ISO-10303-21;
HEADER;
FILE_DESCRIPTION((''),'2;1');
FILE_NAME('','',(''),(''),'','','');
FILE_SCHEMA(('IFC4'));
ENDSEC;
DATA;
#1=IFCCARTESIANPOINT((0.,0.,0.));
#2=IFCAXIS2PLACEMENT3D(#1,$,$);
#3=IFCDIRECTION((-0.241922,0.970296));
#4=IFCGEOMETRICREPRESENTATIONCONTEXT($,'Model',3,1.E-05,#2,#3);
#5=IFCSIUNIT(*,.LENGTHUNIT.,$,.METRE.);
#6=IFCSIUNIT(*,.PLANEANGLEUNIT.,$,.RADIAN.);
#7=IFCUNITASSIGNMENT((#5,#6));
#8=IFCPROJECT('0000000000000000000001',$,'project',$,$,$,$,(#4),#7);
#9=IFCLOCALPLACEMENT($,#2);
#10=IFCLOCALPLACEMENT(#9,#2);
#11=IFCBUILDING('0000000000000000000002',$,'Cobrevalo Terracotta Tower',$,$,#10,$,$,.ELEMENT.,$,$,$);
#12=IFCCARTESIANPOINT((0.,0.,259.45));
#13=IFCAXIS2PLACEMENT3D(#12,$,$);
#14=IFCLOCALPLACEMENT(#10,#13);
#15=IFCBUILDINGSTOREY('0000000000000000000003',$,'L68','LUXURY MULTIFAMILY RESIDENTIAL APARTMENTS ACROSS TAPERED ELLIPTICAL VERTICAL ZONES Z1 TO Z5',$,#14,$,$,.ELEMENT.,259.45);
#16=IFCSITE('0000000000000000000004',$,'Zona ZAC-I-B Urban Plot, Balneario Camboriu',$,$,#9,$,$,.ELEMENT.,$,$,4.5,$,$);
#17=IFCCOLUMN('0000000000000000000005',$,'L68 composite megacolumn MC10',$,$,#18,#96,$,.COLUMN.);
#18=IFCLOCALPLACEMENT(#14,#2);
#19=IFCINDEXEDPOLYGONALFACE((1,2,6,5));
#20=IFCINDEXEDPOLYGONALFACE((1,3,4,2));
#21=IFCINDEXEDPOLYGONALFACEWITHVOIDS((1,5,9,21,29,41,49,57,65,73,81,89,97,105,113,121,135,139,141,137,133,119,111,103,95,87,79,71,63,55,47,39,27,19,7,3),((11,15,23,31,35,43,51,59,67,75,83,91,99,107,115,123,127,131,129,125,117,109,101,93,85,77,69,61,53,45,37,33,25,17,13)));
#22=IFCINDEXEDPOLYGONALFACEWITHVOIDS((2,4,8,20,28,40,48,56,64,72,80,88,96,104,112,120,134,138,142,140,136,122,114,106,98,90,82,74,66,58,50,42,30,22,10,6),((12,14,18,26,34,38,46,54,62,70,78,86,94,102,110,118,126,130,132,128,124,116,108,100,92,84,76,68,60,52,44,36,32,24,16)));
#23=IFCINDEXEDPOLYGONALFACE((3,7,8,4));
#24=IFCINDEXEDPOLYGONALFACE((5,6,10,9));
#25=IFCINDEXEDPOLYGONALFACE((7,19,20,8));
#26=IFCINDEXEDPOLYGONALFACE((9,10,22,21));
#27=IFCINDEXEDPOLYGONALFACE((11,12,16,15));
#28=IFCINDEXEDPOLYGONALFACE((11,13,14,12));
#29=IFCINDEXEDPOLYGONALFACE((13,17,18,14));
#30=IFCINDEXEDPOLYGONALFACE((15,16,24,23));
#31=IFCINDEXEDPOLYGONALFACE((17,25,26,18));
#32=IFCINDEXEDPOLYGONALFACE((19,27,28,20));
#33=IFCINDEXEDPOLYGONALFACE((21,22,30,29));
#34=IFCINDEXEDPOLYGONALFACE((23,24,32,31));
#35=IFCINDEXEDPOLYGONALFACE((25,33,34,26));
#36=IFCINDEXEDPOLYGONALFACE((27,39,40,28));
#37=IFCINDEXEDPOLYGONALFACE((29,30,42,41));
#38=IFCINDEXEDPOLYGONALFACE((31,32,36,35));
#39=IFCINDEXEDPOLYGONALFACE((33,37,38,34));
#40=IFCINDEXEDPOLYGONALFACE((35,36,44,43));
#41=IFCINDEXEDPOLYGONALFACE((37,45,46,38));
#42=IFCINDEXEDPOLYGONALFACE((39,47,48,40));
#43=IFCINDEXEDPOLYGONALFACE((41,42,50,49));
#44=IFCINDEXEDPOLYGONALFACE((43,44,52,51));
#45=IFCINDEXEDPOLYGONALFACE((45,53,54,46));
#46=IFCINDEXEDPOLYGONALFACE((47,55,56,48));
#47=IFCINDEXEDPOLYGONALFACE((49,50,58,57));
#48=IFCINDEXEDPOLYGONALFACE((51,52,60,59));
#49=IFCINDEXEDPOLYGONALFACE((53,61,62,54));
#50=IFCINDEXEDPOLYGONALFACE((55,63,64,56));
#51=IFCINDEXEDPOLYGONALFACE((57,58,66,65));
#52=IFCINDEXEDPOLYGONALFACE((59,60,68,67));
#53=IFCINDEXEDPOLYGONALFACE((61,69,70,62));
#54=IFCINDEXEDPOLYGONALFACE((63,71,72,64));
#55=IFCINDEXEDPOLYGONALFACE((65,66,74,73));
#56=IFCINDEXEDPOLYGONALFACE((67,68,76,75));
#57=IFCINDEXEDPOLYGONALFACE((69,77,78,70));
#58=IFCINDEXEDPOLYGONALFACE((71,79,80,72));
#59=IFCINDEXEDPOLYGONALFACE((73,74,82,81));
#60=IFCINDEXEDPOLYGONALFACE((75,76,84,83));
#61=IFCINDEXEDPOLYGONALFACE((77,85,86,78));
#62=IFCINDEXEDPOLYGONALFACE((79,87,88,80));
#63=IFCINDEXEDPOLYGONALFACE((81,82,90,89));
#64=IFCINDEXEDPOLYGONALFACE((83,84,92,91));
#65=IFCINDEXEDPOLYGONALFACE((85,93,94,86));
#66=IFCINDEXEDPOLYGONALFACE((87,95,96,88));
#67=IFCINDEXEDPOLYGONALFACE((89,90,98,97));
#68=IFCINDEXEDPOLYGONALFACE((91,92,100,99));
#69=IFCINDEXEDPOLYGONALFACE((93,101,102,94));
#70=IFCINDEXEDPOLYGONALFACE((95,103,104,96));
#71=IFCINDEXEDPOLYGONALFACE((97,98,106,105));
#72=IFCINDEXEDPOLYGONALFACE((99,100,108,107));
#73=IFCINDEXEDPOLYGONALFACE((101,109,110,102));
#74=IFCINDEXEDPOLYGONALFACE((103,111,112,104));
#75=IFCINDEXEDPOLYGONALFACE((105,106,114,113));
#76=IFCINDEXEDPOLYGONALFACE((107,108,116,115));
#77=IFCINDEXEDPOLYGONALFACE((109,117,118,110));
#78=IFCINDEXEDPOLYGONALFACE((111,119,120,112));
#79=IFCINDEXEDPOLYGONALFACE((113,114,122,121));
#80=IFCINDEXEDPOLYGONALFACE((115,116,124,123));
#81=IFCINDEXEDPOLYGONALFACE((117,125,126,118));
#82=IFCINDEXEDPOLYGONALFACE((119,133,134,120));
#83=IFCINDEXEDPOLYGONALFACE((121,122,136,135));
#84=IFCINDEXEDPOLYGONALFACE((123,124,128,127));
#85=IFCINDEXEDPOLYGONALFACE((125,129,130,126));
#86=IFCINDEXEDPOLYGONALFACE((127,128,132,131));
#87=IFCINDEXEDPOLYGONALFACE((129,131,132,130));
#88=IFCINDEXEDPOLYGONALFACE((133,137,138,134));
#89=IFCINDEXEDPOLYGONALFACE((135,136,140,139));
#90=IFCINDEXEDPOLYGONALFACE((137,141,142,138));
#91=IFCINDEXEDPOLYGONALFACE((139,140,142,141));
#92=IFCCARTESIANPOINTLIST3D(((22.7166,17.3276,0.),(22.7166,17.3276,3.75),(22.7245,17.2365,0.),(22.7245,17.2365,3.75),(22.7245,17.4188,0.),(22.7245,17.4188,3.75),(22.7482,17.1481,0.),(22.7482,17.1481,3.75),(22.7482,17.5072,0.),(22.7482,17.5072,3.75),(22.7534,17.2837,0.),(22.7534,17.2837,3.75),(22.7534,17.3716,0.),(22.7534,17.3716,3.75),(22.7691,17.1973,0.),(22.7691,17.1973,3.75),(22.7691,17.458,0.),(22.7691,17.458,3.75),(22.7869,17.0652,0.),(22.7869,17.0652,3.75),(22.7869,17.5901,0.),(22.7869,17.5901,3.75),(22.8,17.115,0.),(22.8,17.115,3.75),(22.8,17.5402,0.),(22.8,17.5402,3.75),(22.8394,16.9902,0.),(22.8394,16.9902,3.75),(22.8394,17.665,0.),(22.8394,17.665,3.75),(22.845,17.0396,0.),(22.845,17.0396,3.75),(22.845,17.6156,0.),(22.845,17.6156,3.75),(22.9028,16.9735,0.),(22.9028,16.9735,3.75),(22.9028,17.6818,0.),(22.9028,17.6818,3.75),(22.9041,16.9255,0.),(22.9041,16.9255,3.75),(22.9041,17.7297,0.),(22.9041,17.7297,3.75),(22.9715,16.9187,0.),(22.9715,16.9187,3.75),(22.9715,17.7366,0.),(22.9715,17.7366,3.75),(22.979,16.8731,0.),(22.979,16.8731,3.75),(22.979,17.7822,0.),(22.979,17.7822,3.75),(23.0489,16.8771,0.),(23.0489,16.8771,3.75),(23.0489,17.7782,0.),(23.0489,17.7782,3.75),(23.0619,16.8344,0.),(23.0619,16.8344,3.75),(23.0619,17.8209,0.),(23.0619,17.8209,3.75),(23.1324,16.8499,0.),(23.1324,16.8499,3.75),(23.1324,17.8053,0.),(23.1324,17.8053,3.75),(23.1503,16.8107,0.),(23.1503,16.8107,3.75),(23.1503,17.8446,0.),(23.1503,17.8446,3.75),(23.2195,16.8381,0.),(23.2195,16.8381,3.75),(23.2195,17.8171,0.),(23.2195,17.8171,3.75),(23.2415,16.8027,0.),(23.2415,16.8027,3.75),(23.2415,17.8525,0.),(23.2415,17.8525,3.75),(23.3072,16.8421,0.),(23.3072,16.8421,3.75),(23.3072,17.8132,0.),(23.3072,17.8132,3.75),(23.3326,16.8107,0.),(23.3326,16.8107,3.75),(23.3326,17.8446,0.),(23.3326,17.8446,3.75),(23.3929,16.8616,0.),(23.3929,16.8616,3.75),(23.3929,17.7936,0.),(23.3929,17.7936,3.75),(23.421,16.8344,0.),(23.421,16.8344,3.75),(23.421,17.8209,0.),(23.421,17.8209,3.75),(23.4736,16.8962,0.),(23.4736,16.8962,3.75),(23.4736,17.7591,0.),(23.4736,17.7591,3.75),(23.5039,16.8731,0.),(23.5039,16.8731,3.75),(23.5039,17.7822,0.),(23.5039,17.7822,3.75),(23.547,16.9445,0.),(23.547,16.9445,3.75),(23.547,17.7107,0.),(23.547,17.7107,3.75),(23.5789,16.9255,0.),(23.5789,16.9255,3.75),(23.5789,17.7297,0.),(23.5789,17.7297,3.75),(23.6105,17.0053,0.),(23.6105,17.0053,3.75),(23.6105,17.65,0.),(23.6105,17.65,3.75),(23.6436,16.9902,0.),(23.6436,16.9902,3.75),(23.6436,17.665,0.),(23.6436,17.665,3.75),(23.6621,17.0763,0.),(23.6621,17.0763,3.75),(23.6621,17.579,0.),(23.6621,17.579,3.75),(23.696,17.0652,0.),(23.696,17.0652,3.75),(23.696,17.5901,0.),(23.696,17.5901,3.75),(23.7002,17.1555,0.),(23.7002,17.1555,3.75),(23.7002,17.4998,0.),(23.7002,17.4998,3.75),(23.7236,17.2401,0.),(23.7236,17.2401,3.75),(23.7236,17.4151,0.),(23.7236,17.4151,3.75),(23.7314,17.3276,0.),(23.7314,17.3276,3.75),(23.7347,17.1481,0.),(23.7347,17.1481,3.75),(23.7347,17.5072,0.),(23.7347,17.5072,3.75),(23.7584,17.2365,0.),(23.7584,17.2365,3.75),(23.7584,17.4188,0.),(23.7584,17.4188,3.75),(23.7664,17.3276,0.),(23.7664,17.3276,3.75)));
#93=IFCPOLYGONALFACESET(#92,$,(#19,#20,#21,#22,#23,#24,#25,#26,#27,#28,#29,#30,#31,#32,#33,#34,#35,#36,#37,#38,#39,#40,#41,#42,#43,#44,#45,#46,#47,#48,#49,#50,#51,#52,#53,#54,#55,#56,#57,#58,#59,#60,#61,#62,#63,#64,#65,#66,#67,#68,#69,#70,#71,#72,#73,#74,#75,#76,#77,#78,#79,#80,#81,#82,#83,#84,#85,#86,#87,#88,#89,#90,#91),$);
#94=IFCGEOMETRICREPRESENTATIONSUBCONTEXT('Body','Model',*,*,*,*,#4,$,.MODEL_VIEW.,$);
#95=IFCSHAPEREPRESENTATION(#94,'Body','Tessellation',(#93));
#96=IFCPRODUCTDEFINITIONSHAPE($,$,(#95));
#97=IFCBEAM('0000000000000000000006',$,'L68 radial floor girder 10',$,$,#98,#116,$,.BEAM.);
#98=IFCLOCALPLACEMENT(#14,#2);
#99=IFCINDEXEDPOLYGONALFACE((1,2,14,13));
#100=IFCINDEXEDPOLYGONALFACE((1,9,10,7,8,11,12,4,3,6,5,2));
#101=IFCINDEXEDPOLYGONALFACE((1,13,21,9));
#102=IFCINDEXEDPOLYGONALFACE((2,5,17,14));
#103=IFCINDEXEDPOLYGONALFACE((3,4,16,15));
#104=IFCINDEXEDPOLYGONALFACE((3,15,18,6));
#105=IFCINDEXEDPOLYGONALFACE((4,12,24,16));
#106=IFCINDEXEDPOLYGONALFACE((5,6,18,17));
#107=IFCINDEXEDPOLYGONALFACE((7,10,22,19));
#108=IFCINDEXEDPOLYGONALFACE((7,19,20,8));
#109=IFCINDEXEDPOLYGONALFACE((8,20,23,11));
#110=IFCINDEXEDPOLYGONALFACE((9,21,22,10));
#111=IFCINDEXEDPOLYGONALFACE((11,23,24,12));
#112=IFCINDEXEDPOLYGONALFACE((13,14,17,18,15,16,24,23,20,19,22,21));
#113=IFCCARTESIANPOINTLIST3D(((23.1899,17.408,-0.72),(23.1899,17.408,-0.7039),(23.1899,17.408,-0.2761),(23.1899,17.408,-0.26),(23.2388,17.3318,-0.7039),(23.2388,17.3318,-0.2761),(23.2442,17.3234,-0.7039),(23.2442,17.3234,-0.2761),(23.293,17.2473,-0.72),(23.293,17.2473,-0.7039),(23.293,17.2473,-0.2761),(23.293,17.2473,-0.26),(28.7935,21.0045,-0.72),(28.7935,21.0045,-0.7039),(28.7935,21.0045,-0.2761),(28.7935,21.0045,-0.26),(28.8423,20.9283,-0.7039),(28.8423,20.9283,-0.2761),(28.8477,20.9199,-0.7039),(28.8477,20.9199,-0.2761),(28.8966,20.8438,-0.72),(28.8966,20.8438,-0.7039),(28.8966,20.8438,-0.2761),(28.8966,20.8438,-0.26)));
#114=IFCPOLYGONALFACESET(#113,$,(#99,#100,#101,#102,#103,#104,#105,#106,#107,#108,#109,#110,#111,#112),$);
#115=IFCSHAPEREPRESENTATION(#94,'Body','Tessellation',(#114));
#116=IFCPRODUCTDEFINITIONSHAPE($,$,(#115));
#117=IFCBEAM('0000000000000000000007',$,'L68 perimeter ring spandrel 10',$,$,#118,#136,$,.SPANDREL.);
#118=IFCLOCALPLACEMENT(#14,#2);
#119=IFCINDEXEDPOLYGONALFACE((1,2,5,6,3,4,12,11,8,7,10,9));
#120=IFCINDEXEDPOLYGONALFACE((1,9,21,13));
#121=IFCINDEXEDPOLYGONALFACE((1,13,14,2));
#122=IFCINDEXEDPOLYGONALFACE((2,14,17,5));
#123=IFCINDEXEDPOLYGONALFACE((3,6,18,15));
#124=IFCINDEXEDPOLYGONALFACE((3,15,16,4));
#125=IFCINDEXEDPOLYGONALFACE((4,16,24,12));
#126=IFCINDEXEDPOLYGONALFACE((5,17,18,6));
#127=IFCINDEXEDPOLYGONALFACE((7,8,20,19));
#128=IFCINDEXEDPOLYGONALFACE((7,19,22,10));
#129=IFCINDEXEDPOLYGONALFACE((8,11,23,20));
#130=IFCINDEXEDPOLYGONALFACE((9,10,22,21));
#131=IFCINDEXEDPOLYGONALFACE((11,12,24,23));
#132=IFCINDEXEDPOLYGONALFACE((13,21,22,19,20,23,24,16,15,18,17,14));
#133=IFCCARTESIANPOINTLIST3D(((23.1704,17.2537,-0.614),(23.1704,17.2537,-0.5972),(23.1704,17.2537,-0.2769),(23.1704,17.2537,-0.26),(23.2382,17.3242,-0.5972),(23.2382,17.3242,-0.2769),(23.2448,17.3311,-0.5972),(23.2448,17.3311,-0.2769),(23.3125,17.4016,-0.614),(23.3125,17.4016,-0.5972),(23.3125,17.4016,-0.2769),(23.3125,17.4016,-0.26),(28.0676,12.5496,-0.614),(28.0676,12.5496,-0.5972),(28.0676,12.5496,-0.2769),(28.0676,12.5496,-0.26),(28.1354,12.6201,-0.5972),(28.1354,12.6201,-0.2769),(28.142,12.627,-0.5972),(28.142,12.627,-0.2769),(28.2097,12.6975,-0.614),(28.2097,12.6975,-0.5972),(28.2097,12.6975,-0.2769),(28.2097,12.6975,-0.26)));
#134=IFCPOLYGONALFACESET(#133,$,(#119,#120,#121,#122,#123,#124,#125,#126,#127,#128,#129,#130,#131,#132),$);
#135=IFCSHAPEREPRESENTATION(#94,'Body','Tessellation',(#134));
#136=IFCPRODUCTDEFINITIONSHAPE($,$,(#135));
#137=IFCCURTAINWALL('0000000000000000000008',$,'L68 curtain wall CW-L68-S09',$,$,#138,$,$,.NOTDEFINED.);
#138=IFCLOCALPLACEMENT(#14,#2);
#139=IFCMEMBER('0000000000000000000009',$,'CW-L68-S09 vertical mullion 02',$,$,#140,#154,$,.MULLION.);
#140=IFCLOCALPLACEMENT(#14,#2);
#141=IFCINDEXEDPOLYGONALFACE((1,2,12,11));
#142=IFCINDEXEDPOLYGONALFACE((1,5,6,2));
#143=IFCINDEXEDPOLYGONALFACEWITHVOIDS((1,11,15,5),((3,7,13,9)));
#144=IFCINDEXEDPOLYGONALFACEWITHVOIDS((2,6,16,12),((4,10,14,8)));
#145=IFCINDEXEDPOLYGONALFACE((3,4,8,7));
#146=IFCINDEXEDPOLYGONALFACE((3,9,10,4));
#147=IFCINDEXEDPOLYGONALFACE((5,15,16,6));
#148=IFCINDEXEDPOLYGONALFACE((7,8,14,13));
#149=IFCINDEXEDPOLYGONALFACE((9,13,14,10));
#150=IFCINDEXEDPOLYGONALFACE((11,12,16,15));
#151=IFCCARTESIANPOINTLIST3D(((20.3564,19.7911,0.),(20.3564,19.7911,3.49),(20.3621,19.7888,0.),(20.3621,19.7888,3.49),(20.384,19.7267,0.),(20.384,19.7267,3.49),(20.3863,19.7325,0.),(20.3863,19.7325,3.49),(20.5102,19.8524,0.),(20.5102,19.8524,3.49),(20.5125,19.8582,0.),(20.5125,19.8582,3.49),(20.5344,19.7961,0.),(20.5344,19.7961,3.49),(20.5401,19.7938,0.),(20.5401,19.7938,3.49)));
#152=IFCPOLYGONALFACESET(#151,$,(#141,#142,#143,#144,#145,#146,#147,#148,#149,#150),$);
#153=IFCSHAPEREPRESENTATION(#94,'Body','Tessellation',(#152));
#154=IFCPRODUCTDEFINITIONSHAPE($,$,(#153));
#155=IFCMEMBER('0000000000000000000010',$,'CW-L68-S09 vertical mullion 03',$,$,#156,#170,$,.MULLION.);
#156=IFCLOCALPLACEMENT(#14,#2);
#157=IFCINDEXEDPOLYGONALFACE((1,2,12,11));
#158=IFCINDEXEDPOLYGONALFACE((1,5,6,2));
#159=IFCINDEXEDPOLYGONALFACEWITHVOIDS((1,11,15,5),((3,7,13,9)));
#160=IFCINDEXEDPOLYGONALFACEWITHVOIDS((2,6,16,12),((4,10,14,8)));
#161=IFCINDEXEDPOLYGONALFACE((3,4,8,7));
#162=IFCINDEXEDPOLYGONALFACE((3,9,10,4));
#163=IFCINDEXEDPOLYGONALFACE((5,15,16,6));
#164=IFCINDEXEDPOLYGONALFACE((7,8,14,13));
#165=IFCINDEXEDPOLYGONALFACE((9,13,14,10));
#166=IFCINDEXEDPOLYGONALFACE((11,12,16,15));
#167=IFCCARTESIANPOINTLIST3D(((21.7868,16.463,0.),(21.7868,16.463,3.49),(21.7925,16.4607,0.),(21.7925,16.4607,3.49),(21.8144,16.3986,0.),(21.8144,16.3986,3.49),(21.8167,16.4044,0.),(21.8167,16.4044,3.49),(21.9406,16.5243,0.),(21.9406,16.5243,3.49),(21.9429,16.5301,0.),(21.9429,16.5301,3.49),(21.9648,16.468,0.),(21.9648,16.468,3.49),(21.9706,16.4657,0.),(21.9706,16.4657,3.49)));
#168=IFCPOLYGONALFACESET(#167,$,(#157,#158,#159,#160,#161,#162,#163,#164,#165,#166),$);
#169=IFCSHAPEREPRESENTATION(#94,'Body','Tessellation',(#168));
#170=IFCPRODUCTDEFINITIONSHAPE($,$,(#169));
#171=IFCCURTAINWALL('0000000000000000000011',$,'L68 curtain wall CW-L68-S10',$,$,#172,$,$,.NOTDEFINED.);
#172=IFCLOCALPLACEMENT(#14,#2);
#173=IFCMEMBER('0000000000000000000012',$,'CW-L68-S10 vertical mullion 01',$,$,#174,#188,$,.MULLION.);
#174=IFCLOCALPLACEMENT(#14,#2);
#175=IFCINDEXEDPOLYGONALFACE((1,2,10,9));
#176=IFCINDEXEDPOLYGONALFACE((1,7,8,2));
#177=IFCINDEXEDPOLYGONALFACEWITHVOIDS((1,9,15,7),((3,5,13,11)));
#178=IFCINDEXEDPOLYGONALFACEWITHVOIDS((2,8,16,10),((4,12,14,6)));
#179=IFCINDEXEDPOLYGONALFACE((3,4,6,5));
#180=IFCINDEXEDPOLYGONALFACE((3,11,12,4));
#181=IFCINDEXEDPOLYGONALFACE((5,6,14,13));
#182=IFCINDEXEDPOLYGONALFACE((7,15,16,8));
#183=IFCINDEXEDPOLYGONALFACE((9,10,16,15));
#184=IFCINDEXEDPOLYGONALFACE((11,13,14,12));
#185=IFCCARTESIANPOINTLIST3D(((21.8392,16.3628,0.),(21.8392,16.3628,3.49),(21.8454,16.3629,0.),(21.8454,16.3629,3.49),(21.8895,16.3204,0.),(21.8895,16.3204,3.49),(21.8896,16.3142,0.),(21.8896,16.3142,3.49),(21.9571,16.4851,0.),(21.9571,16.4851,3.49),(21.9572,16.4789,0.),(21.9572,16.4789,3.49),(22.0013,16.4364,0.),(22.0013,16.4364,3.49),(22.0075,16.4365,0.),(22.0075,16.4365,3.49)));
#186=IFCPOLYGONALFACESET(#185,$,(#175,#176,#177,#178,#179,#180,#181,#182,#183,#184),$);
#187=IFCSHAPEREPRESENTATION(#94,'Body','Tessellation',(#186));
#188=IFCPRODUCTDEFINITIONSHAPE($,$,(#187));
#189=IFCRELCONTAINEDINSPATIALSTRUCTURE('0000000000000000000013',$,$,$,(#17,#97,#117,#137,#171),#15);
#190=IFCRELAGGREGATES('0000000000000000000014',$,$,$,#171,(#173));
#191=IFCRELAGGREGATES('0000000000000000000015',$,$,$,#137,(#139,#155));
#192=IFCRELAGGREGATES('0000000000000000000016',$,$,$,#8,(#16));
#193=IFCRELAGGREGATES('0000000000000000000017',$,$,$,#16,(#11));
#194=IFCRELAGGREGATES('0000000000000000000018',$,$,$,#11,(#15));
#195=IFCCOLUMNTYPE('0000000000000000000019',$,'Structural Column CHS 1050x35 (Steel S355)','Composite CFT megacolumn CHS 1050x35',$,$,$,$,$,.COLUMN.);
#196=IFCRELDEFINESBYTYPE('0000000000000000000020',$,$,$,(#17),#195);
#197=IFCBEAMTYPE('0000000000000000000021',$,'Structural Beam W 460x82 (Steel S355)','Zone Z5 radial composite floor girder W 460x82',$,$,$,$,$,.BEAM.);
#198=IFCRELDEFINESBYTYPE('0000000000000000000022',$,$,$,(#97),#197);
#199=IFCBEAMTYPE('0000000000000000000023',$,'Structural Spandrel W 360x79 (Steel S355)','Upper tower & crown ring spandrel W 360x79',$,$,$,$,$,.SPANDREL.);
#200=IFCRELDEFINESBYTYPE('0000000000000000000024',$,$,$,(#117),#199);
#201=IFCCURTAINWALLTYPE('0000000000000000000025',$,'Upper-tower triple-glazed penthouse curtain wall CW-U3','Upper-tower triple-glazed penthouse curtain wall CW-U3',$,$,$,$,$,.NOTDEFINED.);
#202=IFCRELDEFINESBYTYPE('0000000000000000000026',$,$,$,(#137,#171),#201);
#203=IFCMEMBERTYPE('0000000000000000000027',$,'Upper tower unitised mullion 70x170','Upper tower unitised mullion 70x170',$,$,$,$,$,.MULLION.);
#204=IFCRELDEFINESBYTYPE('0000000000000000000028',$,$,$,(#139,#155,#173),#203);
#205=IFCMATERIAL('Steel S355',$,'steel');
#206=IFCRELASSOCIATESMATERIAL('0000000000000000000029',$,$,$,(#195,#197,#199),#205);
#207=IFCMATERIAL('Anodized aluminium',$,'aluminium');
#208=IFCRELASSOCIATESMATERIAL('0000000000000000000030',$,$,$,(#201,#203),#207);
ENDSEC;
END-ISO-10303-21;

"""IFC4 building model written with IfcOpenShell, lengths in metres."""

from ifc_helpers import new_model, si_unit, direction, frame, origin, origin_2d, place, context, subcontext, project, spatial, hollow_rectangle, hollow_circle, i_section, extrude, source, transform, mapped, material, material_profile, profile_set, type_object, element, aggregate, save


model = new_model("IFC4")

# Units and contexts
model_context = context("Model", 3, precision=1e-05, world=origin(), true_north=direction((-0.241922, 0.970296)))
body_context = subcontext(model_context, "Body", "Model", "MODEL_VIEW")
ifc_project = project(units=[si_unit("LENGTHUNIT", "METRE"), si_unit("PLANEANGLEUNIT", "RADIAN")], contexts=[model_context])

# Site, building, storey
site_placement = place(None, origin())
site = spatial("IfcSite", under=ifc_project, at=site_placement, Name="Zona ZAC-I-B Urban Plot, Balneario Camboriu", CompositionType="ELEMENT", RefElevation=4.5)
building_placement = place(site_placement, origin())
building = spatial("IfcBuilding", under=site, at=building_placement, Name="Cobrevalo Terracotta Tower", CompositionType="ELEMENT")
storey_placement = place(building_placement, frame((0.0, 0.0, 259.45)))
storey = spatial("IfcBuildingStorey", under=building, at=storey_placement, Name="L68", Description="LUXURY MULTIFAMILY RESIDENTIAL APARTMENTS ACROSS TAPERED ELLIPTICAL VERTICAL ZONES Z1 TO Z5", CompositionType="ELEMENT", Elevation=259.45)

# Column
ifc_material_1 = material(Name="Steel S355", Category="steel")
ifc_material_profile_1 = material_profile(ifc_material_1, hollow_circle(Radius=0.5249, WallThickness=0.0349, at=origin_2d()), Name="CHS 1050x35")
ifc_profile_set_1 = profile_set([ifc_material_profile_1], Name="Steel S355")
column_type = type_object("IfcColumnType", Name="Structural Column CHS 1050x35 (Steel S355)", Description="Composite CFT megacolumn CHS 1050x35", PredefinedType="COLUMN", material=ifc_profile_set_1)
column_placement = place(storey_placement, frame((23.2415, 17.3276, 0.0), z_axis=(0.0, 0.0, 1.0), x_axis=(1.0, 0.0, 0.0)))
element("IfcColumn", 1, at=column_placement, inside=storey, type_object=column_type, Name="L68 composite megacolumn MC10", PredefinedType="COLUMN", context=body_context, shape_type="SweptSolid", body=[
    extrude(hollow_circle(Radius=0.5249, WallThickness=0.0349, at=origin_2d()), origin(), (0.0, 0.0, 1.0), 3.75),
])

# Beams
ifc_material_profile_2 = material_profile(ifc_material_1, i_section(OverallWidth=0.1909, OverallDepth=0.46, WebThickness=0.01, FlangeThickness=0.0161, at=origin_2d()), Name="W 460x82")
ifc_profile_set_2 = profile_set([ifc_material_profile_2], Name="Steel S355")
beam_type_1 = type_object("IfcBeamType", Name="Structural Beam W 460x82 (Steel S355)", Description="Zone Z5 radial composite floor girder W 460x82", PredefinedType="BEAM", material=ifc_profile_set_2)
beam_1_placement = place(storey_placement, frame((23.2415, 17.3276, -0.49), z_axis=(0.841576, 0.540138, 0.0), x_axis=(-0.540138, 0.841576, 0.0)))
element("IfcBeam", 2, at=beam_1_placement, inside=storey, type_object=beam_type_1, Name="L68 radial floor girder 10", PredefinedType="BEAM", context=body_context, shape_type="SweptSolid", body=[
    extrude(i_section(OverallWidth=0.1909, OverallDepth=0.46, WebThickness=0.01, FlangeThickness=0.0161, at=origin_2d()), origin(), (0.0, 0.0, 1.0), 6.6584),
])
ifc_material_profile_3 = material_profile(ifc_material_1, i_section(OverallWidth=0.2051, OverallDepth=0.354, WebThickness=0.0095, FlangeThickness=0.0168, at=origin_2d()), Name="W 360x79")
ifc_profile_set_3 = profile_set([ifc_material_profile_3], Name="Steel S355")
beam_type_2 = type_object("IfcBeamType", Name="Structural Spandrel W 360x79 (Steel S355)", Description="Upper tower & crown ring spandrel W 360x79", PredefinedType="SPANDREL", material=ifc_profile_set_3)
beam_2_placement = place(storey_placement, frame((23.2415, 17.3276, -0.437), z_axis=(0.721183, -0.692744, 0.0), x_axis=(0.692744, 0.721183, 0.0)))
element("IfcBeam", 3, at=beam_2_placement, inside=storey, type_object=beam_type_2, Name="L68 perimeter ring spandrel 10", PredefinedType="SPANDREL", context=body_context, shape_type="SweptSolid", body=[
    extrude(i_section(OverallWidth=0.2051, OverallDepth=0.354, WebThickness=0.0095, FlangeThickness=0.0168, at=origin_2d()), origin(), (0.0, 0.0, 1.0), 6.7905),
])

# Curtain walls, members
ifc_material_2 = material(Name="Anodized aluminium", Category="aluminium")
curtain_wall_type = type_object("IfcCurtainWallType", Name="Upper-tower triple-glazed penthouse curtain wall CW-U3", Description="Upper-tower triple-glazed penthouse curtain wall CW-U3", PredefinedType="NOTDEFINED", material=ifc_material_2)
curtain_wall_1_placement = place(storey_placement, origin())
curtain_wall_1 = element("IfcCurtainWall", 4, at=curtain_wall_1_placement, inside=storey, type_object=curtain_wall_type, Name="L68 curtain wall CW-L68-S09", PredefinedType="NOTDEFINED")
ifc_material_profile_4 = material_profile(ifc_material_2, hollow_rectangle(XDim=0.0701, YDim=0.1699, WallThickness=0.0044, at=origin_2d()), Name="CWM 70x170")
ifc_profile_set_4 = profile_set([ifc_material_profile_4], Name="Anodized aluminium")
member_type_1 = type_object("IfcMemberType", Name="Upper tower unitised mullion 70x170", Description="Upper tower unitised mullion 70x170", PredefinedType="MULLION", material=ifc_profile_set_4)
shared_shape_1 = source(origin(), body_context, "Body", "SweptSolid", [
    extrude(hollow_rectangle(XDim=0.0701, YDim=0.1699, WallThickness=0.0044, at=origin_2d()), origin(), (0.0, 0.0, 1.0), 3.49),
])
member_1_placement = place(storey_placement, frame((20.4482, 19.7925, 0.0), z_axis=(0.0, 0.0, 1.0), x_axis=(0.394824, -0.918757, 0.0)))
member_1 = element("IfcMember", 5, at=member_1_placement, type_object=member_type_1, Name="CW-L68-S09 vertical mullion 02", PredefinedType="MULLION", context=body_context, shape_type="MappedRepresentation", body=[
    mapped(shared_shape_1, transform((0.0, 0.0, 0.0), scale=1.0)),
])
member_2_placement = place(storey_placement, frame((21.8787, 16.4644, 0.0), z_axis=(0.0, 0.0, 1.0), x_axis=(0.394824, -0.918757, 0.0)))
member_2 = element("IfcMember", 6, at=member_2_placement, type_object=member_type_1, Name="CW-L68-S09 vertical mullion 03", PredefinedType="MULLION", context=body_context, shape_type="MappedRepresentation", body=[
    mapped(shared_shape_1, transform((0.0, 0.0, 0.0), scale=1.0)),
])
curtain_wall_2_placement = place(storey_placement, origin())
curtain_wall_2 = element("IfcCurtainWall", 7, at=curtain_wall_2_placement, inside=storey, type_object=curtain_wall_type, Name="L68 curtain wall CW-L68-S10", PredefinedType="NOTDEFINED")
member_3_placement = place(storey_placement, frame((21.9233, 16.3997, 0.0), z_axis=(0.0, 0.0, 1.0), x_axis=(0.719994, -0.69398, 0.0)))
member_3 = element("IfcMember", 8, at=member_3_placement, type_object=member_type_1, Name="CW-L68-S10 vertical mullion 01", PredefinedType="MULLION", context=body_context, shape_type="MappedRepresentation", body=[
    mapped(shared_shape_1, transform((0.0, 0.0, 0.0), scale=1.0)),
])

aggregate(curtain_wall_2, [member_3])
aggregate(curtain_wall_1, [member_1, member_2])

save(model, "model.ifc")
